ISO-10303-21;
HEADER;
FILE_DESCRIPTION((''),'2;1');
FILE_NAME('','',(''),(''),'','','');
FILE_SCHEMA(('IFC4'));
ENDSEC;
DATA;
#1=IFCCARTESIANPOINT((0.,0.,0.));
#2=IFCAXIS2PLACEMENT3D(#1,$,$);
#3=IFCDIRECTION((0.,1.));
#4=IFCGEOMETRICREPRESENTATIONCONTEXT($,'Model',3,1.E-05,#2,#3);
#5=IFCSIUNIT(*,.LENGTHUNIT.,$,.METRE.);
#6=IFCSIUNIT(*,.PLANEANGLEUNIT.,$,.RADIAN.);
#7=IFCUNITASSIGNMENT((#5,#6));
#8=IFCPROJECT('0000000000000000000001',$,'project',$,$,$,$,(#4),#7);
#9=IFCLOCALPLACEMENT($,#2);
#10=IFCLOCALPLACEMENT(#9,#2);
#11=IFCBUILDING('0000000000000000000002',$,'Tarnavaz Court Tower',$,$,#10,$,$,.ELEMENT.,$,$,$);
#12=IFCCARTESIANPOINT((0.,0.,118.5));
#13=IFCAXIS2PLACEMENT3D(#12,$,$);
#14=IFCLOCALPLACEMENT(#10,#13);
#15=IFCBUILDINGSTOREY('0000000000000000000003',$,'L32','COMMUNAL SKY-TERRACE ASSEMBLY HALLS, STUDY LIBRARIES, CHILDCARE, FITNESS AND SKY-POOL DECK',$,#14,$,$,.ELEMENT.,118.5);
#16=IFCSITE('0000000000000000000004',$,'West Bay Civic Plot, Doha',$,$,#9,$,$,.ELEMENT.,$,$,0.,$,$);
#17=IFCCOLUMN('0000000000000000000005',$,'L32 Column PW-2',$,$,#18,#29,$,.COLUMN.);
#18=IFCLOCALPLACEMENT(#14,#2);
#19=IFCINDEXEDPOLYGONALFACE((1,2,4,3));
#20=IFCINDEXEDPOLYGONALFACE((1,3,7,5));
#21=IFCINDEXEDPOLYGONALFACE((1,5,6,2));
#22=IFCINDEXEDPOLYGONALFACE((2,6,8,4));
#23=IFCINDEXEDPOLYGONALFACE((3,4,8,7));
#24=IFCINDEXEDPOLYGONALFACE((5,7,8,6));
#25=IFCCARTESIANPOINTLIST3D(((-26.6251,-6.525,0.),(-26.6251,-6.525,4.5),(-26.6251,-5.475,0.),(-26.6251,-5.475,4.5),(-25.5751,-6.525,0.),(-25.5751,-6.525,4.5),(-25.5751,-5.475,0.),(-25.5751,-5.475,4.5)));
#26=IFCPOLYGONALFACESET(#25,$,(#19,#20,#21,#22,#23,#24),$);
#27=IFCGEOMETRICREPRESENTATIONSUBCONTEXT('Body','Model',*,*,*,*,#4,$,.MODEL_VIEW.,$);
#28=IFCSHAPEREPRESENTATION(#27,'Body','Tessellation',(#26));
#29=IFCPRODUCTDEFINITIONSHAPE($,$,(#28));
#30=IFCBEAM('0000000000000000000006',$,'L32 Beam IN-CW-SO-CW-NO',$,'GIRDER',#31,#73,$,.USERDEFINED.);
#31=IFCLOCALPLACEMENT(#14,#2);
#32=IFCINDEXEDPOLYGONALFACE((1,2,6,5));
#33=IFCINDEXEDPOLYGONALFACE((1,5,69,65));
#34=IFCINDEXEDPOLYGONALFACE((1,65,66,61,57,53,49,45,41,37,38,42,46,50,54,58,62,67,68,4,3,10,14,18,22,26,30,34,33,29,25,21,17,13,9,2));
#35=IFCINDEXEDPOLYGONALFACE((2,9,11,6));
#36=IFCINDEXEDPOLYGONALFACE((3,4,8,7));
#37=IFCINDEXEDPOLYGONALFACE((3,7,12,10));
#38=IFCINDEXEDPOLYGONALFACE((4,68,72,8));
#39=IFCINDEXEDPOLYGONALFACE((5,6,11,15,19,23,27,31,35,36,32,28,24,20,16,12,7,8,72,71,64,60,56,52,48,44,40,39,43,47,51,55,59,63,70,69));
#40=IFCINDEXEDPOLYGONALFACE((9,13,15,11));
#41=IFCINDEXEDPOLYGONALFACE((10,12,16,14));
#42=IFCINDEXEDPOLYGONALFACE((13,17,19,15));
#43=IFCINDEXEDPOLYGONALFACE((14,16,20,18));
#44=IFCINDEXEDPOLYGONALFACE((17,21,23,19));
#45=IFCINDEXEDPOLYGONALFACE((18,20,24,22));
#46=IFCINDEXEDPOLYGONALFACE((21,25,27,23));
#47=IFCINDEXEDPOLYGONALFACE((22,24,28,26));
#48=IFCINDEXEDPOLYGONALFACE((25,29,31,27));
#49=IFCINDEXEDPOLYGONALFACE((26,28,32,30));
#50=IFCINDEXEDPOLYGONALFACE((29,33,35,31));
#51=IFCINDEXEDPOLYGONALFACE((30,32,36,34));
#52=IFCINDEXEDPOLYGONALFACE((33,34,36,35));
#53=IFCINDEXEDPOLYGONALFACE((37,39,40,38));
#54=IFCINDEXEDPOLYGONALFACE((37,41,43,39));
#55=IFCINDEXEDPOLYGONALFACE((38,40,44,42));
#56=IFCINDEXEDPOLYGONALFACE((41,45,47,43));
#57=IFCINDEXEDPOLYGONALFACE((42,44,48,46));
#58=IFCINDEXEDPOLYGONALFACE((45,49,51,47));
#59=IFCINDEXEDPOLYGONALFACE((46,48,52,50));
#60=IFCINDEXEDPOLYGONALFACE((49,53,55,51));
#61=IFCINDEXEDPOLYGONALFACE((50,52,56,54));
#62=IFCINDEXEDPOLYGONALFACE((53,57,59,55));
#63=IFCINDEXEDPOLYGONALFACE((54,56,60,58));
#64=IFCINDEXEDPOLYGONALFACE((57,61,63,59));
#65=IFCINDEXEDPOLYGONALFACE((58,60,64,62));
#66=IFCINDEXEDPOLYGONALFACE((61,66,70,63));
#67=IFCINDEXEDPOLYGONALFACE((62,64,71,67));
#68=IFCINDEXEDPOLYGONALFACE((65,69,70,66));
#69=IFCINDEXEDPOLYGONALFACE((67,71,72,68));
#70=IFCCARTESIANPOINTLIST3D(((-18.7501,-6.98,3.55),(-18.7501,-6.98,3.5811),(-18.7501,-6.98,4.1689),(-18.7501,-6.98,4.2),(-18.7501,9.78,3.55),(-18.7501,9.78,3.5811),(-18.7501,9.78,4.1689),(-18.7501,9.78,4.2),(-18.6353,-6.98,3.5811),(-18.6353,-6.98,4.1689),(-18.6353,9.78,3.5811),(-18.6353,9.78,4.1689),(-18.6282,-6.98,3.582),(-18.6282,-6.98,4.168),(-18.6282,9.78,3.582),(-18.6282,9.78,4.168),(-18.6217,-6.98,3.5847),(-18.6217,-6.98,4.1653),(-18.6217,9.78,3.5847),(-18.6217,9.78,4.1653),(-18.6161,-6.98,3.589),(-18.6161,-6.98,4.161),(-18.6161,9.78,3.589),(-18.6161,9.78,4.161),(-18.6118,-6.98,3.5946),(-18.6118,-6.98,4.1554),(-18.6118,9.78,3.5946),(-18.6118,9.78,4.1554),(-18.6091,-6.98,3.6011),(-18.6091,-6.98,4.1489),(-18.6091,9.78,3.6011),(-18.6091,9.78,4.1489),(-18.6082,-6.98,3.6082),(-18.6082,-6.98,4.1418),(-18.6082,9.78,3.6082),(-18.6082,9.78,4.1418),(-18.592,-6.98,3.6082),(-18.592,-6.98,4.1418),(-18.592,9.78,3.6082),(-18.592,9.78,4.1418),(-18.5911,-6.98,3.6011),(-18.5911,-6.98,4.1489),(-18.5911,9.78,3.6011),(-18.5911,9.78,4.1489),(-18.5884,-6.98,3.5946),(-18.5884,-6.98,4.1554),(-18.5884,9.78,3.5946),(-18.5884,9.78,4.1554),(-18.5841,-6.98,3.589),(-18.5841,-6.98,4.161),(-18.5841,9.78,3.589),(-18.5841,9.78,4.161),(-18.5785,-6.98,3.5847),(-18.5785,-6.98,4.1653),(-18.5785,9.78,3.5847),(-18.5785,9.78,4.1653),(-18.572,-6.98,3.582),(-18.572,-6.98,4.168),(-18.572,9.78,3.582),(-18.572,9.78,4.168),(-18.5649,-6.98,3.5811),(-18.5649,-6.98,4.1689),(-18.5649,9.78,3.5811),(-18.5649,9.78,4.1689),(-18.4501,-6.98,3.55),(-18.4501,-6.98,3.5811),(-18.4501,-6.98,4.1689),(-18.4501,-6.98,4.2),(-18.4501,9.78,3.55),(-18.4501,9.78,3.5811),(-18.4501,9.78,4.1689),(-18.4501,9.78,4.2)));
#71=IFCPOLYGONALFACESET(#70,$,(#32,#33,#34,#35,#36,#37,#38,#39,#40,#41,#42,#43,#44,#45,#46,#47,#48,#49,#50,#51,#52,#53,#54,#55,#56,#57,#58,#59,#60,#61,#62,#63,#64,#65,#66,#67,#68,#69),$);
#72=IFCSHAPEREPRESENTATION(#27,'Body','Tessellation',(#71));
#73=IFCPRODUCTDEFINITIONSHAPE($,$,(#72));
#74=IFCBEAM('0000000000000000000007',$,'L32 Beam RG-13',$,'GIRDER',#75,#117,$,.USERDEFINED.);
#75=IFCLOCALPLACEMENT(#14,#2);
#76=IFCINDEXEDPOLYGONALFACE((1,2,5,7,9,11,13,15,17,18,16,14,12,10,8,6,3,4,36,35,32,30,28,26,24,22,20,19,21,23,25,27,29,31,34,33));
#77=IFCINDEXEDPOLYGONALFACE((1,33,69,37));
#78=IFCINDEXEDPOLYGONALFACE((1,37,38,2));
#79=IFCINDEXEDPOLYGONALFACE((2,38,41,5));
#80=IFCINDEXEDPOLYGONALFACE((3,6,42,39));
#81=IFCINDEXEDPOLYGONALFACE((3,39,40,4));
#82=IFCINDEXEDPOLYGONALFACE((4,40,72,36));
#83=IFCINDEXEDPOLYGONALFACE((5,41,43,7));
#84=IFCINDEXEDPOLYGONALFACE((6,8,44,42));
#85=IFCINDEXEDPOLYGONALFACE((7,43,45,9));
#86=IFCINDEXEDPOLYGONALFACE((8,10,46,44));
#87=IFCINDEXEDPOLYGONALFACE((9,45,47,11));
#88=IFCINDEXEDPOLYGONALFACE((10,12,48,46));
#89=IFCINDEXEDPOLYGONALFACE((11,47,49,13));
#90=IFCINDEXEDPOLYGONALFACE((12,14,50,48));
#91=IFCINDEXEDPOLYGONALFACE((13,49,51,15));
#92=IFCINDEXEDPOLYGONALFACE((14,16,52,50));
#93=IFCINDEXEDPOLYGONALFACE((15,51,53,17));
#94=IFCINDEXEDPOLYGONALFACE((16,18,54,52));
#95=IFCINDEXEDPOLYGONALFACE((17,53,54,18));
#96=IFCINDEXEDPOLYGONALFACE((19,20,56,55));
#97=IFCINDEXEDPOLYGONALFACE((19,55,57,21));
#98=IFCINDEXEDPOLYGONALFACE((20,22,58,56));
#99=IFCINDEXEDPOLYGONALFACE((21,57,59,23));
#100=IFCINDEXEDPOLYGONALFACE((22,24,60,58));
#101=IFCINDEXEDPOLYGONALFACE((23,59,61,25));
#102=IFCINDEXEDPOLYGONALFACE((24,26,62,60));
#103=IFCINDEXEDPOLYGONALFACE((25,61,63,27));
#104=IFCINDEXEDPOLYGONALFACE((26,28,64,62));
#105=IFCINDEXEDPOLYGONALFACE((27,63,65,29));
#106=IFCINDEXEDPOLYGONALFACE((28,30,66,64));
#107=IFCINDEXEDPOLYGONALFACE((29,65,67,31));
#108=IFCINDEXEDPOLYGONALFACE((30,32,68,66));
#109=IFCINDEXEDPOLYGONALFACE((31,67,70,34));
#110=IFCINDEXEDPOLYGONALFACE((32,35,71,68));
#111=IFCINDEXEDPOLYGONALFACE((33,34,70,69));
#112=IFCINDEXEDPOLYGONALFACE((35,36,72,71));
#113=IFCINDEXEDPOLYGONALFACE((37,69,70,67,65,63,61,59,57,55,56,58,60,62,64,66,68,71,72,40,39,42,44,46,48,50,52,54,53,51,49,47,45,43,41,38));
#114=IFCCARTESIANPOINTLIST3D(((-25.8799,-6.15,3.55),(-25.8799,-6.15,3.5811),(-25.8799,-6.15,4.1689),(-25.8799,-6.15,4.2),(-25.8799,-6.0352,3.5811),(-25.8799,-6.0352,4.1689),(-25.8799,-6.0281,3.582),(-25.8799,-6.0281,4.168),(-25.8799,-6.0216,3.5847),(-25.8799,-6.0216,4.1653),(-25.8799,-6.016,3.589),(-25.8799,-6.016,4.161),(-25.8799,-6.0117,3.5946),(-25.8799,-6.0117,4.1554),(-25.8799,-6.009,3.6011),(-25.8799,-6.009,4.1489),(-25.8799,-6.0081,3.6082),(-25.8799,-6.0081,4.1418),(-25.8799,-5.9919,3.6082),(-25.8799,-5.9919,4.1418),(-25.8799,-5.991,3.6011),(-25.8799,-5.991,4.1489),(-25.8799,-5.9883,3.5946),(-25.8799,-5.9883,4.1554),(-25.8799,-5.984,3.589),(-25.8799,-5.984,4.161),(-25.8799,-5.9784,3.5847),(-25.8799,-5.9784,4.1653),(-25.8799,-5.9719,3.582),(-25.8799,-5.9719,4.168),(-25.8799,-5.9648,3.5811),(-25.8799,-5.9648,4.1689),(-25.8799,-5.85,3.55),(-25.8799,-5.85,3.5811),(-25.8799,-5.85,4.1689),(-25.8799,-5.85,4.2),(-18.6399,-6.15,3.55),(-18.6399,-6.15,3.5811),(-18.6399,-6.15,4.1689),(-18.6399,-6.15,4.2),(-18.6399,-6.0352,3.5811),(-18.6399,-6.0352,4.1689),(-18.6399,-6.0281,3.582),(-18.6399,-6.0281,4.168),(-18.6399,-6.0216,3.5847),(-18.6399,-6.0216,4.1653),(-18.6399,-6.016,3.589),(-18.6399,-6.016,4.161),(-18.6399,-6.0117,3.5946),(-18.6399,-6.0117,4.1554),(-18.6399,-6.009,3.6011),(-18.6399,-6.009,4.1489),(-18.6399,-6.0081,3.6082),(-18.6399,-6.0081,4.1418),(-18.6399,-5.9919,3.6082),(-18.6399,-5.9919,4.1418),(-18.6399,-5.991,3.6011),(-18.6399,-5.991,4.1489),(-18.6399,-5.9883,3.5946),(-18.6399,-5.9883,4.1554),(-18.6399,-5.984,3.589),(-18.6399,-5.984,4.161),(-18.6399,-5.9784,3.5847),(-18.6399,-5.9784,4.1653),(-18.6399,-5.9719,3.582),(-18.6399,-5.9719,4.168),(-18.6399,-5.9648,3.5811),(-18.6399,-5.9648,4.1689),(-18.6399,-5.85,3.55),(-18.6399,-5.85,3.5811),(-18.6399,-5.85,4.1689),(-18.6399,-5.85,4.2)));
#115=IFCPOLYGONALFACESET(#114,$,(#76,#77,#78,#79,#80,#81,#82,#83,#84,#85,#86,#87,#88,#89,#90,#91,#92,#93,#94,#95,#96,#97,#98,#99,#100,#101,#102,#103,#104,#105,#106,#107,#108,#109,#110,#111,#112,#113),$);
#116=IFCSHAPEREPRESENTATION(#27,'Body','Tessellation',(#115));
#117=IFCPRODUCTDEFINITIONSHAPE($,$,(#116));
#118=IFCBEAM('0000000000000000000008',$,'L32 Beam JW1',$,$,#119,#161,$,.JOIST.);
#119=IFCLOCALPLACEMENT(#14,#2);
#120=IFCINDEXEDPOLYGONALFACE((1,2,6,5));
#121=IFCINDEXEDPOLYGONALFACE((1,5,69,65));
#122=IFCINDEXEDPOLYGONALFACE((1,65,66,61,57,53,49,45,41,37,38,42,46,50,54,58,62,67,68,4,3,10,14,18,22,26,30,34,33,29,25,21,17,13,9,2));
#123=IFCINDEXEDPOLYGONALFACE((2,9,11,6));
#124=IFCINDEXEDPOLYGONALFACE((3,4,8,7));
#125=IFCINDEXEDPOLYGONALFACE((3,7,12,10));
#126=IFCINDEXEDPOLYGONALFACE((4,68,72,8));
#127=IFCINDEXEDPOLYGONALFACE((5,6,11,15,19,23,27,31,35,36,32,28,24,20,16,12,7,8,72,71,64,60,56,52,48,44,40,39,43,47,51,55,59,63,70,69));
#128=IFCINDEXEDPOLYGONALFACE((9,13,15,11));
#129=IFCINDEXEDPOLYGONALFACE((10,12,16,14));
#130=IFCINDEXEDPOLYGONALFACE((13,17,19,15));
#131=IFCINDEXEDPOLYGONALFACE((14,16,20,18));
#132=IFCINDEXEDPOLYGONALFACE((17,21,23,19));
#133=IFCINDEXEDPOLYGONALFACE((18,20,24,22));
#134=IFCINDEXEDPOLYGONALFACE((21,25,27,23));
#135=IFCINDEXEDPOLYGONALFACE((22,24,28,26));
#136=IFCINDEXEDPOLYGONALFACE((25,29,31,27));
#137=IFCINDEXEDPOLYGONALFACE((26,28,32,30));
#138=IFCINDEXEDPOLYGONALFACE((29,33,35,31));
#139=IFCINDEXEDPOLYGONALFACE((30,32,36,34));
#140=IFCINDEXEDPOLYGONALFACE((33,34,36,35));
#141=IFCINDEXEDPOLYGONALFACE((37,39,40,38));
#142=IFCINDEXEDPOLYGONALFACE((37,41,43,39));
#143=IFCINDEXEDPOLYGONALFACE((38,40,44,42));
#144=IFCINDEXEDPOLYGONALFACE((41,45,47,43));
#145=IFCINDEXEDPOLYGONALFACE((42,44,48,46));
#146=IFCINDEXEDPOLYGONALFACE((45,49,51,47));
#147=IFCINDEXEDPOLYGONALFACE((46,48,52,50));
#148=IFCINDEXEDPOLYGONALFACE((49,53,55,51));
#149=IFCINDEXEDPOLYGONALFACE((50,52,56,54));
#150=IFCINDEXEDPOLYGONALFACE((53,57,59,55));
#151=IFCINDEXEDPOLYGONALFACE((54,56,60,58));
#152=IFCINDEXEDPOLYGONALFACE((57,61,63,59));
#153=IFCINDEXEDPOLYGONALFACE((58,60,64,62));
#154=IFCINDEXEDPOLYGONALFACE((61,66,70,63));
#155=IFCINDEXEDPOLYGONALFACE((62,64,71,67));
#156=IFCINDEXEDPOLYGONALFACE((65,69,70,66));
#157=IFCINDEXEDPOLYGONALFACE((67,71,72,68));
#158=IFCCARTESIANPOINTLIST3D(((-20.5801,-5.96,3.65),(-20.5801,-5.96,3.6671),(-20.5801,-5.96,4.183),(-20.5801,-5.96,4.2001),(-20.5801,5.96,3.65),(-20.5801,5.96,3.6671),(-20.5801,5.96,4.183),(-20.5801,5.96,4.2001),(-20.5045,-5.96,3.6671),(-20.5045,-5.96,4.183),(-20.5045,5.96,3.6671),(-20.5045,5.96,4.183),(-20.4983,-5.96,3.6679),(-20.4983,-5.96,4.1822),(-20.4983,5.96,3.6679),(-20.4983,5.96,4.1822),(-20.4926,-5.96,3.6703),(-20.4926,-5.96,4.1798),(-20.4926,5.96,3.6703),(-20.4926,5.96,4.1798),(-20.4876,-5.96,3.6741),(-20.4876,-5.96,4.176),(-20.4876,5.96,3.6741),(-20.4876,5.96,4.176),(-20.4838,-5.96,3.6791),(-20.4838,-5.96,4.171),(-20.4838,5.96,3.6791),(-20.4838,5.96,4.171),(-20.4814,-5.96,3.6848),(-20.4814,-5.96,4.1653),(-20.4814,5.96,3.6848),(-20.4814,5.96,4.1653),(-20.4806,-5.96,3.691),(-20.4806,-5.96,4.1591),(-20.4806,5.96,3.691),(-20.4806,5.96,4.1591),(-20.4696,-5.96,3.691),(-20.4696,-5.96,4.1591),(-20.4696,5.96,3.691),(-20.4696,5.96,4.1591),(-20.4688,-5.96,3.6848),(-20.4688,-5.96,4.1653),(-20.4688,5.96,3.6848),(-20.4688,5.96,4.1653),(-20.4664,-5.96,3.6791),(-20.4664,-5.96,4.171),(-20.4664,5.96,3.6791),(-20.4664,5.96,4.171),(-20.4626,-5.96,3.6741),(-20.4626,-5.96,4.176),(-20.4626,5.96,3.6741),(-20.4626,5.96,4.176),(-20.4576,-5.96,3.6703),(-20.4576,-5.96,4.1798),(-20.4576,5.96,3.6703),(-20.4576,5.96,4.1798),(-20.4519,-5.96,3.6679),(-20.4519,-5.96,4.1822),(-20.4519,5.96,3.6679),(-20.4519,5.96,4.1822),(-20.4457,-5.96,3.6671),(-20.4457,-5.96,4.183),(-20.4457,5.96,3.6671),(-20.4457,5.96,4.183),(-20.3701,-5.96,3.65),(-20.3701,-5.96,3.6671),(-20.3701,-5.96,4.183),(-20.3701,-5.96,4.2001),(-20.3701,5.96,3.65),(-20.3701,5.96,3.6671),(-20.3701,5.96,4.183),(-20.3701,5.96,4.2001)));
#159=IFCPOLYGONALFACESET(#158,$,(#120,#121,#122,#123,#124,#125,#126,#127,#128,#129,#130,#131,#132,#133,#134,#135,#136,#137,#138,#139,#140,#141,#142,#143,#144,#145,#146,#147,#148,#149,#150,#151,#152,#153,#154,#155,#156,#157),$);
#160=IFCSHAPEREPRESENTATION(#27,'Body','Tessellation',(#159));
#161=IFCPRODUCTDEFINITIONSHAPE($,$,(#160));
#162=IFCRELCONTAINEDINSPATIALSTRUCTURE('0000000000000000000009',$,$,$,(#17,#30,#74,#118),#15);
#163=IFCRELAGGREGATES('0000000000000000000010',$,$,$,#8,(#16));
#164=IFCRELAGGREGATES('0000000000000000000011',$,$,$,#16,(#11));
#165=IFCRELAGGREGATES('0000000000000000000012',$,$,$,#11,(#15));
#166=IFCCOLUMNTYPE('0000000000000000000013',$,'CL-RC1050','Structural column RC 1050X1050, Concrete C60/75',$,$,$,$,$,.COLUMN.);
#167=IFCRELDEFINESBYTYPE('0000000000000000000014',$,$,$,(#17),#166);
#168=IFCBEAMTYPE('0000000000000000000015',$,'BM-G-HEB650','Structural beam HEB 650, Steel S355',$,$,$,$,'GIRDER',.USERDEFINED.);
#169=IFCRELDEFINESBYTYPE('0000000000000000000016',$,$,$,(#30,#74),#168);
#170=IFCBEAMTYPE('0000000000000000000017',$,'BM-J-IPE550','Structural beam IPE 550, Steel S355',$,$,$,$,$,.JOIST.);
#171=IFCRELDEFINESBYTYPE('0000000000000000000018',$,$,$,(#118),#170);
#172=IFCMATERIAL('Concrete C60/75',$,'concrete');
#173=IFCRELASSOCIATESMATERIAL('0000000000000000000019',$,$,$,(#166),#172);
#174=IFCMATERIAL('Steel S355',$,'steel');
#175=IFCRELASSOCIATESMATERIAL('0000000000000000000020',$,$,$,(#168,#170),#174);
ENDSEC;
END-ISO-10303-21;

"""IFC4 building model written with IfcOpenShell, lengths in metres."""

from ifc_helpers import new_model, si_unit, direction, frame, origin, origin_2d, place, context, subcontext, project, spatial, rectangle, i_section, extrude, material, material_profile, profile_set, type_object, element, save


model = new_model("IFC4")

# Units and contexts
model_context = context("Model", 3, precision=1e-05, world=origin(), true_north=direction((0.0, 1.0)))
body_context = subcontext(model_context, "Body", "Model", "MODEL_VIEW")
ifc_project = project(units=[si_unit("LENGTHUNIT", "METRE"), si_unit("PLANEANGLEUNIT", "RADIAN")], contexts=[model_context])

# Site, building, storey
site_placement = place(None, origin())
site = spatial("IfcSite", under=ifc_project, at=site_placement, Name="West Bay Civic Plot, Doha", CompositionType="ELEMENT", RefElevation=0.0)
building_placement = place(site_placement, origin())
building = spatial("IfcBuilding", under=site, at=building_placement, Name="Tarnavaz Court Tower", CompositionType="ELEMENT")
storey_placement = place(building_placement, frame((0.0, 0.0, 118.5)))
storey = spatial("IfcBuildingStorey", under=building, at=storey_placement, Name="L32", Description="COMMUNAL SKY-TERRACE ASSEMBLY HALLS, STUDY LIBRARIES, CHILDCARE, FITNESS AND SKY-POOL DECK", CompositionType="ELEMENT", Elevation=118.5)

# Column
ifc_material_1 = material(Name="Concrete C60/75", Category="concrete")
ifc_material_profile_1 = material_profile(ifc_material_1, rectangle(XDim=1.05, YDim=1.05, at=origin_2d()), Name="RC 1050X1050")
ifc_profile_set_1 = profile_set([ifc_material_profile_1], Name="Concrete C60/75")
column_type = type_object("IfcColumnType", Name="CL-RC1050", Description="Structural column RC 1050X1050, Concrete C60/75", PredefinedType="COLUMN", material=ifc_profile_set_1)
column_placement = place(storey_placement, frame((-26.1001, -6.0, 0.0), z_axis=(0.0, 0.0, 1.0), x_axis=(1.0, 0.0, 0.0)))
element("IfcColumn", 1, at=column_placement, inside=storey, type_object=column_type, Name="L32 Column PW-2", PredefinedType="COLUMN", context=body_context, shape_type="SweptSolid", body=[
    extrude(rectangle(XDim=1.05, YDim=1.05, at=origin_2d()), origin(), (0.0, 0.0, 1.0), 4.5),
])

# Beams
ifc_material_2 = material(Name="Steel S355", Category="steel")
ifc_material_profile_2 = material_profile(ifc_material_2, i_section(OverallWidth=0.3, OverallDepth=0.6499, WebThickness=0.0161, FlangeThickness=0.031, FilletRadius=0.0271, at=origin_2d()), Name="HEB 650")
ifc_profile_set_2 = profile_set([ifc_material_profile_2], Name="Steel S355")
beam_type_1 = type_object("IfcBeamType", Name="BM-G-HEB650", Description="Structural beam HEB 650, Steel S355", ElementType="GIRDER", PredefinedType="USERDEFINED", material=ifc_profile_set_2)
beam_1_placement = place(storey_placement, frame((-18.6001, -6.98, 3.875), z_axis=(0.0, 1.0, 0.0), x_axis=(-1.0, 0.0, 0.0)))
element("IfcBeam", 2, at=beam_1_placement, inside=storey, type_object=beam_type_1, Name="L32 Beam IN-CW-SO-CW-NO", ObjectType="GIRDER", PredefinedType="USERDEFINED", context=body_context, shape_type="SweptSolid", body=[
    extrude(i_section(OverallWidth=0.3, OverallDepth=0.6499, WebThickness=0.0161, FlangeThickness=0.031, FilletRadius=0.0271, at=origin_2d()), origin(), (0.0, 0.0, 1.0), 16.76),
])
beam_2_placement = place(storey_placement, frame((-18.6399, -6.0, 3.875), z_axis=(-1.0, 0.0, 0.0), x_axis=(0.0, -1.0, 0.0)))
element("IfcBeam", 3, at=beam_2_placement, inside=storey, type_object=beam_type_1, Name="L32 Beam RG-13", ObjectType="GIRDER", PredefinedType="USERDEFINED", context=body_context, shape_type="SweptSolid", body=[
    extrude(i_section(OverallWidth=0.3, OverallDepth=0.6499, WebThickness=0.0161, FlangeThickness=0.031, FilletRadius=0.0271, at=origin_2d()), origin(), (0.0, 0.0, 1.0), 7.24),
])
ifc_material_profile_3 = material_profile(ifc_material_2, i_section(OverallWidth=0.21, OverallDepth=0.55, WebThickness=0.011, FlangeThickness=0.0171, FilletRadius=0.0239, at=origin_2d()), Name="IPE 550")
ifc_profile_set_3 = profile_set([ifc_material_profile_3], Name="Steel S355")
beam_type_2 = type_object("IfcBeamType", Name="BM-J-IPE550", Description="Structural beam IPE 550, Steel S355", PredefinedType="JOIST", material=ifc_profile_set_3)
for number, where, z_axis, x_axis, name in (
    (4, (-20.4751, -5.96, 3.925), (0.0, 1.0, 0.0), (-1.0, 0.0, 0.0), "L32 Beam JW1"),
):
    element("IfcBeam", number, at=place(storey_placement, frame(where, z_axis=z_axis, x_axis=x_axis)), inside=storey, type_object=beam_type_2, Name=name, PredefinedType="JOIST", context=body_context, shape_type="SweptSolid", body=[
        extrude(i_section(OverallWidth=0.21, OverallDepth=0.55, WebThickness=0.011, FlangeThickness=0.0171, FilletRadius=0.0239, at=origin_2d()), origin(), (0.0, 0.0, 1.0), 11.9199),
    ])

save(model, "model.ifc")
